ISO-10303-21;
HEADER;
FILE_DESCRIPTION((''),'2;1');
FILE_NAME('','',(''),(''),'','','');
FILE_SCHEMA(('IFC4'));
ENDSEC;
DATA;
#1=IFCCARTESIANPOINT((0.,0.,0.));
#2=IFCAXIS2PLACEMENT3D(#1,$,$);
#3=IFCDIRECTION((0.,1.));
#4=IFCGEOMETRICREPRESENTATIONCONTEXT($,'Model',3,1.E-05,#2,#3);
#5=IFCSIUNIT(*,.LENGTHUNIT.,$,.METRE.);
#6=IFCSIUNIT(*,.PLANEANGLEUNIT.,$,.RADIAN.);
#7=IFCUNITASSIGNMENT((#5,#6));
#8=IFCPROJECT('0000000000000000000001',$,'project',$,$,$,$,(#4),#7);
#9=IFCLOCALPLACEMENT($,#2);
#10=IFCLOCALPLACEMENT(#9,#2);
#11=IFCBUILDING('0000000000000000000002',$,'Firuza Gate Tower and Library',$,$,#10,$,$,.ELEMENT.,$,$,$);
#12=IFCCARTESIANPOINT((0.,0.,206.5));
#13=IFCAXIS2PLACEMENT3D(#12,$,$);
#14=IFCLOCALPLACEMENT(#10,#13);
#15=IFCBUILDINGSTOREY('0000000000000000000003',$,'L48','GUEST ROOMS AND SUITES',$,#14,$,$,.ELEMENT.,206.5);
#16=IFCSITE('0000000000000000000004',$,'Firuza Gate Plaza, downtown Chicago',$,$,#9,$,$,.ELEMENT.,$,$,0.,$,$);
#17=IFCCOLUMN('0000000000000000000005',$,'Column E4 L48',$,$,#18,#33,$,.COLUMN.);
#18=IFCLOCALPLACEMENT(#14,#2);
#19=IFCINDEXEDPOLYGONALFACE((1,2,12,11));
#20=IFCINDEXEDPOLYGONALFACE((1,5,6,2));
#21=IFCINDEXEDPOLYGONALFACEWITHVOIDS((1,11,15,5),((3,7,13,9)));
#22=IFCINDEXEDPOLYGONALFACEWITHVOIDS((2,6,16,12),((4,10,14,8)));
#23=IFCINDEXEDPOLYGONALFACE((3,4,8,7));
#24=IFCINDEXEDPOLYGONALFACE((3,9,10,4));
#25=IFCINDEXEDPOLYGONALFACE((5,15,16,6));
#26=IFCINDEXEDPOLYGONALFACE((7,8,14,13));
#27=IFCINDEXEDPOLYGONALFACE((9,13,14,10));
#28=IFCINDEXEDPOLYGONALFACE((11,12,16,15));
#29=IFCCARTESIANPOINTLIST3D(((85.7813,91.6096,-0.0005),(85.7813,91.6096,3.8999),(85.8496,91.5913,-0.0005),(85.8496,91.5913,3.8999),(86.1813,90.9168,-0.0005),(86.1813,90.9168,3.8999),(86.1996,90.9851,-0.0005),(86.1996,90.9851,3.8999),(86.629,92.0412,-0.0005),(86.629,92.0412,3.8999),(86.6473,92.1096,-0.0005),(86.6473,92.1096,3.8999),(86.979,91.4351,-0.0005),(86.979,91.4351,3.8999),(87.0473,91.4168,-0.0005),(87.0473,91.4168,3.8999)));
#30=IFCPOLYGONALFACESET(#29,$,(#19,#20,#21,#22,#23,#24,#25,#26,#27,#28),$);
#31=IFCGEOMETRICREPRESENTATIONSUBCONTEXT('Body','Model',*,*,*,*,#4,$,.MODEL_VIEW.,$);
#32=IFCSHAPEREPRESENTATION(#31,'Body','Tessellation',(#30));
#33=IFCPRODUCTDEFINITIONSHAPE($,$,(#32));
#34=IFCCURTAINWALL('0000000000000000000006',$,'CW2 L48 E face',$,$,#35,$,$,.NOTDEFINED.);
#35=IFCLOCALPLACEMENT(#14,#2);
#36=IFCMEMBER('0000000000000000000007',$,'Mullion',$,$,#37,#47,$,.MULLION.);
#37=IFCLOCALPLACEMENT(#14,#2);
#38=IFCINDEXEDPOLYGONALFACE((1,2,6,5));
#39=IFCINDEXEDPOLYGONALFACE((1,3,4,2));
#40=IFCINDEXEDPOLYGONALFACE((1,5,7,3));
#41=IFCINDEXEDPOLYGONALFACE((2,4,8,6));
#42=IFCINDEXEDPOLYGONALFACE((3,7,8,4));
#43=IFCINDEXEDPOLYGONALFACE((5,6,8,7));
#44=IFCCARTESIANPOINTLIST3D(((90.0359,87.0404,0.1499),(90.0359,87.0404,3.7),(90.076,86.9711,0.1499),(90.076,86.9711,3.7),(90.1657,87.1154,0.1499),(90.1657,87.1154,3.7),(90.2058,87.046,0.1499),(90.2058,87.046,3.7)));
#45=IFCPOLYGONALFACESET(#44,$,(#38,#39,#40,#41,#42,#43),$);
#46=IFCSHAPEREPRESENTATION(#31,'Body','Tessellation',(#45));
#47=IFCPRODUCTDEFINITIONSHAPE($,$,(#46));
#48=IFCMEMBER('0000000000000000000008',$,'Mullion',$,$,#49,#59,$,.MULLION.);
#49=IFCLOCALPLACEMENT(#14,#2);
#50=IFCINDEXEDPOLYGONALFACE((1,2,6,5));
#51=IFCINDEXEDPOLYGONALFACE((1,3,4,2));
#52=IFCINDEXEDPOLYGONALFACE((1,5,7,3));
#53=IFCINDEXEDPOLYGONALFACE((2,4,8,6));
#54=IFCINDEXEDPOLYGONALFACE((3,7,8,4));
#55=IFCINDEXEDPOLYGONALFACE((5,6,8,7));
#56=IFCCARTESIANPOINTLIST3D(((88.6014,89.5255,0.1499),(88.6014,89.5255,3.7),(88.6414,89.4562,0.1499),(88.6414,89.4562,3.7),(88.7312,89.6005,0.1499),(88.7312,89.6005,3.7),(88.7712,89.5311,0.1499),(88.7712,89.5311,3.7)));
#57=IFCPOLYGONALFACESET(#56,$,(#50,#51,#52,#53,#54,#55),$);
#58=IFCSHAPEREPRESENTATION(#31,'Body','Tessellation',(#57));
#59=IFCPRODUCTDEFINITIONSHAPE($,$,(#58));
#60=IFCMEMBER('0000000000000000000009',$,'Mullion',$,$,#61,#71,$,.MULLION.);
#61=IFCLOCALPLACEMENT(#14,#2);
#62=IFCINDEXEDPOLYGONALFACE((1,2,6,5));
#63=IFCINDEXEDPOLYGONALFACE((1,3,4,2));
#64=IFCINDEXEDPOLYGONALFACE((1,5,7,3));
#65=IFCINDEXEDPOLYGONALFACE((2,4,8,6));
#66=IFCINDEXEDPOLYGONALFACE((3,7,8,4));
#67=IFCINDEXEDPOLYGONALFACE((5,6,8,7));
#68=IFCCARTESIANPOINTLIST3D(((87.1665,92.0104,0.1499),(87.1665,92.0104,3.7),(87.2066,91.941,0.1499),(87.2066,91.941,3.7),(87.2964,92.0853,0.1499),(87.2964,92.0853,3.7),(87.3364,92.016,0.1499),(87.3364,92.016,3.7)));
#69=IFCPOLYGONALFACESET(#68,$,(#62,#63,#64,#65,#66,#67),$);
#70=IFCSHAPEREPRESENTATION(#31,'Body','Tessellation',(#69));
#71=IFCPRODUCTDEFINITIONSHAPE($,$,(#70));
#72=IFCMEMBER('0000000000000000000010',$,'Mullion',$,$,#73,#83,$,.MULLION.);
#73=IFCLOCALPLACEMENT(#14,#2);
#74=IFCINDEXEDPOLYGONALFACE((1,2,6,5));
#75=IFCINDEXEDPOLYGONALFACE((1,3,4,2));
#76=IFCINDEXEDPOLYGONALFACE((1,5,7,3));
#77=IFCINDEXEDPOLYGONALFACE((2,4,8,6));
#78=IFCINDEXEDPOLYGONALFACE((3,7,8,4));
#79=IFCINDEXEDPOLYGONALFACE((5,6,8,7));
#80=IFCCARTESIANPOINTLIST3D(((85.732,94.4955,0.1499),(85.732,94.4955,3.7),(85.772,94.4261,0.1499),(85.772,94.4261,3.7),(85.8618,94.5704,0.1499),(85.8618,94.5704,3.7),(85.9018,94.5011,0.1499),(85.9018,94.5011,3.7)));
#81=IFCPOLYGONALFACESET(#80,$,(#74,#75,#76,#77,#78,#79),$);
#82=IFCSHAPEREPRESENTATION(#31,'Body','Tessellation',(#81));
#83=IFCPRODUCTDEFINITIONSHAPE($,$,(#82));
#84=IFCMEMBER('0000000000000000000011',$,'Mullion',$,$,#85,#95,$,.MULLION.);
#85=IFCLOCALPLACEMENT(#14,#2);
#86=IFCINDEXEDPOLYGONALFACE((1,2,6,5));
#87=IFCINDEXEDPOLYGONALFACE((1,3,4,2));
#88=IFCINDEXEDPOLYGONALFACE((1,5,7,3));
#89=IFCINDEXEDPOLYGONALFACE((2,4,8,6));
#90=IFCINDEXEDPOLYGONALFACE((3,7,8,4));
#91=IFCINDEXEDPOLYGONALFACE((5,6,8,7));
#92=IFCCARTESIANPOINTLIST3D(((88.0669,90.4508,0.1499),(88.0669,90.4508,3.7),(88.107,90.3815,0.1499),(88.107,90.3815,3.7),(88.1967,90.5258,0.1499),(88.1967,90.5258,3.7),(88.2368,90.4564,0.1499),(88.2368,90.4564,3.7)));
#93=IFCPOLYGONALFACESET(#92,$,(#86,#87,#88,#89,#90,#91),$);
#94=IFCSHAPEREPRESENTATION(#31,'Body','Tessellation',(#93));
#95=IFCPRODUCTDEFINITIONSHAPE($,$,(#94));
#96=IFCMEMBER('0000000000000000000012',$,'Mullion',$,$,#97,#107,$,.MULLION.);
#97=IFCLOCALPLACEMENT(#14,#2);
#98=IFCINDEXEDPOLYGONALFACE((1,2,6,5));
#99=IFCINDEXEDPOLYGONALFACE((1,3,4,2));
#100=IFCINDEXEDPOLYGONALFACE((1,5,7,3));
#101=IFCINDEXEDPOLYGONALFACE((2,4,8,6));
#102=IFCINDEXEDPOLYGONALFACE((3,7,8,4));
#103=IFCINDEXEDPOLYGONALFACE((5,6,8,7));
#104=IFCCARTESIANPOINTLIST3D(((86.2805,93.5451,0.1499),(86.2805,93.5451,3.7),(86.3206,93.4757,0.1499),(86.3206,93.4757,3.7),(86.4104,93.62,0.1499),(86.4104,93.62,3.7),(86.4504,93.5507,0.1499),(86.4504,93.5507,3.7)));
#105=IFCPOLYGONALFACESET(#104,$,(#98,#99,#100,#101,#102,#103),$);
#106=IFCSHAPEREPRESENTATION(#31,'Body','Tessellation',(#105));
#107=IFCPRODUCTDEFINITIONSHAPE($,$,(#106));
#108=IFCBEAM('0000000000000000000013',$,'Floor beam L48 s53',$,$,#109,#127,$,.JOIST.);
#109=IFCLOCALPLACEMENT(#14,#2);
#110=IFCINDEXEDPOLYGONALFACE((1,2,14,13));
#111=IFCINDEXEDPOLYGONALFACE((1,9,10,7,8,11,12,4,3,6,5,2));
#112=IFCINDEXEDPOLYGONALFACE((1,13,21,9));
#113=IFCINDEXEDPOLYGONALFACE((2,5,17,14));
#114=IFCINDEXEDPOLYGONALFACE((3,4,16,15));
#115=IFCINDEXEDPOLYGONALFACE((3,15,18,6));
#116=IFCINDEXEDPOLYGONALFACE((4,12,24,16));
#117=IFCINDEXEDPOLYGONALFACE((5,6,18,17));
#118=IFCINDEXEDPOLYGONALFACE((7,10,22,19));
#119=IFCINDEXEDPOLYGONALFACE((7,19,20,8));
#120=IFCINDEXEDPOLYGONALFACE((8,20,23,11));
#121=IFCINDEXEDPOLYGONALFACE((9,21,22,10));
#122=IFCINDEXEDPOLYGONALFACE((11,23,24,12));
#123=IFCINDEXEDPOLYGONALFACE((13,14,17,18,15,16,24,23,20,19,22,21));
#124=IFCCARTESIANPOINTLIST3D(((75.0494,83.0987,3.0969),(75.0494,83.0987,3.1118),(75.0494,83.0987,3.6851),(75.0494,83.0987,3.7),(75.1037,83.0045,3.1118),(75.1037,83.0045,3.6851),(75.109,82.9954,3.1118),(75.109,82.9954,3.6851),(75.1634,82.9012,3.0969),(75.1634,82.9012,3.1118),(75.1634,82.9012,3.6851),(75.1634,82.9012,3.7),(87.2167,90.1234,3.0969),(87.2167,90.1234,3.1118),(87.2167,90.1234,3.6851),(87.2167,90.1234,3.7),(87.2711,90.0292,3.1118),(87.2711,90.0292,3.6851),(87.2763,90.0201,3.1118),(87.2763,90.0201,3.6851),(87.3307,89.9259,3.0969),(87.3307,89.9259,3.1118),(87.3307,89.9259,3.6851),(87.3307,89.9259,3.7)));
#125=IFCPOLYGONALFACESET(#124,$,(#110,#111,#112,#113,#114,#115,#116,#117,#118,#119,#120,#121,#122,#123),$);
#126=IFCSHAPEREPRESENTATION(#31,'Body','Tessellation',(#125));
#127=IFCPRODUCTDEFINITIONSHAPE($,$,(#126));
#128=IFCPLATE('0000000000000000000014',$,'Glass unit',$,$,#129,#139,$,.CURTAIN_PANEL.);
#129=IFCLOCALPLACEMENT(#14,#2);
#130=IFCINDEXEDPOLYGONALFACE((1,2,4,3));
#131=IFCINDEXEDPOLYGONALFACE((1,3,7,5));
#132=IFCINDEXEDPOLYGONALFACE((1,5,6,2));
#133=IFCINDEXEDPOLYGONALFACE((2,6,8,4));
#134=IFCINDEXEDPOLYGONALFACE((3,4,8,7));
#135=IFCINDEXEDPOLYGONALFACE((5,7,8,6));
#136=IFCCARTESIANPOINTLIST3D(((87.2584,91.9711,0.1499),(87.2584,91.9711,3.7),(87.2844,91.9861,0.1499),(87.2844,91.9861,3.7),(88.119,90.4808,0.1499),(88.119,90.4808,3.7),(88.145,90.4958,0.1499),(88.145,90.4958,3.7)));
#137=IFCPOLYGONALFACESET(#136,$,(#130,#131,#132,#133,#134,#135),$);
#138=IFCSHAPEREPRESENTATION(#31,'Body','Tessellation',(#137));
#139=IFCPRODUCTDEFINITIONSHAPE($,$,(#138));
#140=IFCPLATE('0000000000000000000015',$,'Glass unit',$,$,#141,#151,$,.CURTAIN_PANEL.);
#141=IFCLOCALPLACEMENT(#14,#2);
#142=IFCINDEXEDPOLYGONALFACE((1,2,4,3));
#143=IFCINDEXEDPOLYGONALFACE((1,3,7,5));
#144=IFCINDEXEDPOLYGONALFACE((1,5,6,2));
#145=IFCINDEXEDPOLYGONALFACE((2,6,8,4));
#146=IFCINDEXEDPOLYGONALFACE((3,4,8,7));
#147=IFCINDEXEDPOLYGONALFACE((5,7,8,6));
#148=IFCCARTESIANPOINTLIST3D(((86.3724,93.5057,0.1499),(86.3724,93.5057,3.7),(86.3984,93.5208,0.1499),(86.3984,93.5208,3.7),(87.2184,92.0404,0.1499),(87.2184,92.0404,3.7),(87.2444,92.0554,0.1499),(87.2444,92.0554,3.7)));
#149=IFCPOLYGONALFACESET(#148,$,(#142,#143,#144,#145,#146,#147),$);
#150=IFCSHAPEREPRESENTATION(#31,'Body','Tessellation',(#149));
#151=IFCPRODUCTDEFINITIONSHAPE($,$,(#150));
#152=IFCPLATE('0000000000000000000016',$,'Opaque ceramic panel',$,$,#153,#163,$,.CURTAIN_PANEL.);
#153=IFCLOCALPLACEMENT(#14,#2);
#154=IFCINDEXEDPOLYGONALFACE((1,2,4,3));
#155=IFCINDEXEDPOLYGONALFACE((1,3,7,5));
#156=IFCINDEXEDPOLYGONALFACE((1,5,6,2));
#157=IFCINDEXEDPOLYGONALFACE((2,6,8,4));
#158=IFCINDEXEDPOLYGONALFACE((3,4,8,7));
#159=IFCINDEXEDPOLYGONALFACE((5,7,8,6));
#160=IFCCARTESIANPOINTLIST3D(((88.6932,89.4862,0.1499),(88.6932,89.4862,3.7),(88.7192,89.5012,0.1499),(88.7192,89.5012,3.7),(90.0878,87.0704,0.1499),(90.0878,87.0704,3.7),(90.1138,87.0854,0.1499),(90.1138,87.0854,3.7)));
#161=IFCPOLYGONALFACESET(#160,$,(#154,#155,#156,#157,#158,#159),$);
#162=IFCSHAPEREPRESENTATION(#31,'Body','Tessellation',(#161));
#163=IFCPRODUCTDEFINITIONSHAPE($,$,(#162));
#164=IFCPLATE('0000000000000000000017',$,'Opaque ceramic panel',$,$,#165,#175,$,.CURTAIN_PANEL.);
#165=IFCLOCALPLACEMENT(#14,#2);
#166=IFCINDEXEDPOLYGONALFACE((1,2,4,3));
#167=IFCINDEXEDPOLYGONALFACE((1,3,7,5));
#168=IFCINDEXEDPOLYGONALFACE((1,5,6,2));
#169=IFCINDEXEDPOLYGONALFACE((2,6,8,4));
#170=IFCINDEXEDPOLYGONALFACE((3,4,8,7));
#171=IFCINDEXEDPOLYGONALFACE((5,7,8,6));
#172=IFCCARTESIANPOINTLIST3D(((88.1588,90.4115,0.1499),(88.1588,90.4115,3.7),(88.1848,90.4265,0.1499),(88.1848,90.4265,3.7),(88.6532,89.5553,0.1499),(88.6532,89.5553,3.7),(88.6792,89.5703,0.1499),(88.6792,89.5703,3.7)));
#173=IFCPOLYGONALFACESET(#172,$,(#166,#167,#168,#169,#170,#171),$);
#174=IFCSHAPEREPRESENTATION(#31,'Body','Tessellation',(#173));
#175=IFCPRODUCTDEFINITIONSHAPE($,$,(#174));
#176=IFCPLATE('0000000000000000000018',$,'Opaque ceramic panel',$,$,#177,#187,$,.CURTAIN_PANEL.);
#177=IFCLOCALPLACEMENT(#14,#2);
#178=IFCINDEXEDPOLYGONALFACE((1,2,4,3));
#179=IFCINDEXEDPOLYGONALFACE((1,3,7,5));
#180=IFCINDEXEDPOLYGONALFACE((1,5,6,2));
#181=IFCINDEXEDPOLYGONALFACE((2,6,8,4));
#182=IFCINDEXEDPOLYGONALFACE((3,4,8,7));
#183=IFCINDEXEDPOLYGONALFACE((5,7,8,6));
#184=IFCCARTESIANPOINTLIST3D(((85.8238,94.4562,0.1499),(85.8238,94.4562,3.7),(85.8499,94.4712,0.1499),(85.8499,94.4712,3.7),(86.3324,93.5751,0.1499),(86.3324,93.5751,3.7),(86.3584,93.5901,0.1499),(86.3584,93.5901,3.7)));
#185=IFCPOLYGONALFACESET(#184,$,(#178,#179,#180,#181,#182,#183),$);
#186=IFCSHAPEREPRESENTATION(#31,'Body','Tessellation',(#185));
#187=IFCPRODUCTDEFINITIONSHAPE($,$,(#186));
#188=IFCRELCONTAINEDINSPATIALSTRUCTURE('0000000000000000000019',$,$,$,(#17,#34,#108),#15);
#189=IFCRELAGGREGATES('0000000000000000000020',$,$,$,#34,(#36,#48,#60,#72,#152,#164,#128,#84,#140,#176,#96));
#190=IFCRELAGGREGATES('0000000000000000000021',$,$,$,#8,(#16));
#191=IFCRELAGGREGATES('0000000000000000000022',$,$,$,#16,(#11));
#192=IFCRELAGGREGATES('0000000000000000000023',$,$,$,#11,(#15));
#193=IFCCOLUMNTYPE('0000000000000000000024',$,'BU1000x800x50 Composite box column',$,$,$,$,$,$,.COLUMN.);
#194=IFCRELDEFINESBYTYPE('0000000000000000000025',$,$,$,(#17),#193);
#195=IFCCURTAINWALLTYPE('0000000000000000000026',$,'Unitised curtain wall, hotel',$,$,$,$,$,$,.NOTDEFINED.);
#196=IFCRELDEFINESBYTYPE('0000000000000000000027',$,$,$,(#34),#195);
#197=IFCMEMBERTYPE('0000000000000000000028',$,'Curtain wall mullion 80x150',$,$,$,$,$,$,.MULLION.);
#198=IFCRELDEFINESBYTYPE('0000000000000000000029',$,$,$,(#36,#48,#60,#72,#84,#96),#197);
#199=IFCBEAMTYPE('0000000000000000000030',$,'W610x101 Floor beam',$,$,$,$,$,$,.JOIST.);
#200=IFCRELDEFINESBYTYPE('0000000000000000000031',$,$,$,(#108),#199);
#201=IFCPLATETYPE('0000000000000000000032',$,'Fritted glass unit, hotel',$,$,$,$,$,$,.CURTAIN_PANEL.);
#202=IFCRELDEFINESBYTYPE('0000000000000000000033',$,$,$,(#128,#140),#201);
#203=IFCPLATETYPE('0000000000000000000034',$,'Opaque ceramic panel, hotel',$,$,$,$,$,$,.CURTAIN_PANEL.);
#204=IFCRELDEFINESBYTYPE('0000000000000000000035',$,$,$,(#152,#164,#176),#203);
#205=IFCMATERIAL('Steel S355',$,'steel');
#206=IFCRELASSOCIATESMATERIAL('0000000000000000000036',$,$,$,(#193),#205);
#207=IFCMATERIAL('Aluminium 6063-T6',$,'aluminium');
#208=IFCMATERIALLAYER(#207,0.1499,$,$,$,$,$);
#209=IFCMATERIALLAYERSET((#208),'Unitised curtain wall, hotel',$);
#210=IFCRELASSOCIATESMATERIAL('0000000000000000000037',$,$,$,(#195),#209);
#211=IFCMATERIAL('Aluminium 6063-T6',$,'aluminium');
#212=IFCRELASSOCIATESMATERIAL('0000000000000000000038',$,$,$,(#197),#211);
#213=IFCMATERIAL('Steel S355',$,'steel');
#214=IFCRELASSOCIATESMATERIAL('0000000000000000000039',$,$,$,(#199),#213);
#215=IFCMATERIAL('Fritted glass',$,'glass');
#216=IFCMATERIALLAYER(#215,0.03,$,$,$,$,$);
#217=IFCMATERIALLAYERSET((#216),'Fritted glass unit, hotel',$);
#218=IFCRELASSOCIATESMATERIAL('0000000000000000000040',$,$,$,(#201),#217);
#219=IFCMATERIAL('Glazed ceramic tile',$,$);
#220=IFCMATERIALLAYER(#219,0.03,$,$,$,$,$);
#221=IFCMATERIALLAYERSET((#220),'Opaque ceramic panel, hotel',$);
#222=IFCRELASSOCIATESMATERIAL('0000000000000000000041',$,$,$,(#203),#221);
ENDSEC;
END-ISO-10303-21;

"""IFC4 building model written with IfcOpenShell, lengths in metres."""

from ifc_helpers import new_model, si_unit, direction, frame, origin, origin_2d, place, context, subcontext, project, spatial, polyline, rectangle, hollow_rectangle, i_section, outline, extrude, material, layer, layer_set, material_profile, profile_set, type_object, element, aggregate, save


model = new_model("IFC4")

# Units and contexts
model_context = context("Model", 3, precision=1e-05, world=origin(), true_north=direction((0.0, 1.0)))
body_context = subcontext(model_context, "Body", "Model", "MODEL_VIEW")
ifc_project = project(units=[si_unit("LENGTHUNIT", "METRE"), si_unit("PLANEANGLEUNIT", "RADIAN")], contexts=[model_context])

# Site, building, storey
site_placement = place(None, origin())
site = spatial("IfcSite", under=ifc_project, at=site_placement, Name="Firuza Gate Plaza, downtown Chicago", CompositionType="ELEMENT", RefElevation=0.0)
building_placement = place(site_placement, origin())
building = spatial("IfcBuilding", under=site, at=building_placement, Name="Firuza Gate Tower and Library", CompositionType="ELEMENT")
storey_placement = place(building_placement, frame((0.0, 0.0, 206.5)))
storey = spatial("IfcBuildingStorey", under=building, at=storey_placement, Name="L48", Description="GUEST ROOMS AND SUITES", CompositionType="ELEMENT", Elevation=206.5)

# Column
ifc_material_1 = material(Name="Steel S355", Category="steel")
ifc_material_profile_1 = material_profile(ifc_material_1, hollow_rectangle(XDim=0.8, YDim=1.0, WallThickness=0.05, at=origin_2d()))
ifc_profile_set_1 = profile_set([ifc_material_profile_1], Name="Steel S355")
column_type = type_object("IfcColumnType", Name="BU1000x800x50 Composite box column", PredefinedType="COLUMN", material=ifc_profile_set_1)
column_placement = place(storey_placement, frame((86.4143, 91.5132, -0.0005), z_axis=(0.0, 0.0, 1.0), x_axis=(-0.5, 0.866025, 0.0)))
element("IfcColumn", 1, at=column_placement, inside=storey, type_object=column_type, Name="Column E4 L48", PredefinedType="COLUMN", context=body_context, shape_type="SweptSolid", body=[
    extrude(hollow_rectangle(XDim=0.8, YDim=1.0, WallThickness=0.05, at=origin_2d()), origin(), (0.0, 0.0, 1.0), 3.9004),
])

# Curtain wall, members
ifc_material_2 = material(Name="Aluminium 6063-T6", Category="aluminium")
ifc_layer_1 = layer(ifc_material_2, 0.1499)
ifc_layer_set_1 = layer_set([ifc_layer_1], Name="Unitised curtain wall, hotel")
curtain_wall_type = type_object("IfcCurtainWallType", Name="Unitised curtain wall, hotel", PredefinedType="NOTDEFINED", material=ifc_layer_set_1)
curtain_wall_placement = place(storey_placement, origin())
curtain_wall = element("IfcCurtainWall", 2, at=curtain_wall_placement, inside=storey, type_object=curtain_wall_type, Name="CW2 L48 E face", PredefinedType="NOTDEFINED")
ifc_material_3 = material(Name="Aluminium 6063-T6", Category="aluminium")
ifc_material_profile_2 = material_profile(ifc_material_3, rectangle(XDim=0.1499, YDim=0.0801, at=origin_2d()))
ifc_profile_set_2 = profile_set([ifc_material_profile_2], Name="Aluminium 6063-T6")
member_type = type_object("IfcMemberType", Name="Curtain wall mullion 80x150", PredefinedType="MULLION", material=ifc_profile_set_2)
member_1_placement = place(storey_placement, frame((90.1208, 87.0432, 0.1499), z_axis=(0.0, 0.0, 1.0), x_axis=(-0.866025, -0.5, 0.0)))
member_1 = element("IfcMember", 3, at=member_1_placement, type_object=member_type, Name="Mullion", PredefinedType="MULLION", context=body_context, shape_type="SweptSolid", body=[
    extrude(rectangle(XDim=0.1499, YDim=0.0801, at=origin_2d()), origin(), (0.0, 0.0, 1.0), 3.55),
])
member_2_placement = place(storey_placement, frame((88.6863, 89.5283, 0.1499), z_axis=(0.0, 0.0, 1.0), x_axis=(-0.866025, -0.5, 0.0)))
member_2 = element("IfcMember", 4, at=member_2_placement, type_object=member_type, Name="Mullion", PredefinedType="MULLION", context=body_context, shape_type="SweptSolid", body=[
    extrude(rectangle(XDim=0.1499, YDim=0.0801, at=origin_2d()), origin(), (0.0, 0.0, 1.0), 3.55),
])
member_3_placement = place(storey_placement, frame((87.2515, 92.0132, 0.1499), z_axis=(0.0, 0.0, 1.0), x_axis=(-0.866025, -0.5, 0.0)))
member_3 = element("IfcMember", 5, at=member_3_placement, type_object=member_type, Name="Mullion", PredefinedType="MULLION", context=body_context, shape_type="SweptSolid", body=[
    extrude(rectangle(XDim=0.1499, YDim=0.0801, at=origin_2d()), origin(), (0.0, 0.0, 1.0), 3.55),
])
member_4_placement = place(storey_placement, frame((85.8169, 94.4983, 0.1499), z_axis=(0.0, 0.0, 1.0), x_axis=(-0.866025, -0.5, 0.0)))
member_4 = element("IfcMember", 6, at=member_4_placement, type_object=member_type, Name="Mullion", PredefinedType="MULLION", context=body_context, shape_type="SweptSolid", body=[
    extrude(rectangle(XDim=0.1499, YDim=0.0801, at=origin_2d()), origin(), (0.0, 0.0, 1.0), 3.55),
])
member_5_placement = place(storey_placement, frame((88.1519, 90.4536, 0.1499), z_axis=(0.0, 0.0, 1.0), x_axis=(-0.866025, -0.5, 0.0)))
member_5 = element("IfcMember", 7, at=member_5_placement, type_object=member_type, Name="Mullion", PredefinedType="MULLION", context=body_context, shape_type="SweptSolid", body=[
    extrude(rectangle(XDim=0.1499, YDim=0.0801, at=origin_2d()), origin(), (0.0, 0.0, 1.0), 3.55),
])
member_6_placement = place(storey_placement, frame((86.3655, 93.5479, 0.1499), z_axis=(0.0, 0.0, 1.0), x_axis=(-0.866025, -0.5, 0.0)))
member_6 = element("IfcMember", 8, at=member_6_placement, type_object=member_type, Name="Mullion", PredefinedType="MULLION", context=body_context, shape_type="SweptSolid", body=[
    extrude(rectangle(XDim=0.1499, YDim=0.0801, at=origin_2d()), origin(), (0.0, 0.0, 1.0), 3.55),
])

# Beam
ifc_material_4 = material(Name="Steel S355", Category="steel")
ifc_material_profile_3 = material_profile(ifc_material_4, i_section(OverallWidth=0.228, OverallDepth=0.603, WebThickness=0.0105, FlangeThickness=0.0149, at=origin_2d()))
ifc_profile_set_3 = profile_set([ifc_material_profile_3], Name="Steel S355")
beam_type = type_object("IfcBeamType", Name="W610x101 Floor beam", PredefinedType="JOIST", material=ifc_profile_set_3)
beam_placement = place(storey_placement, frame((87.2737, 90.0247, 3.3984), z_axis=(-0.866028, -0.499995, 0.0), x_axis=(0.499995, -0.866028, 0.0)))
element("IfcBeam", 9, at=beam_placement, inside=storey, type_object=beam_type, Name="Floor beam L48 s53", PredefinedType="JOIST", context=body_context, shape_type="SweptSolid", body=[
    extrude(i_section(OverallWidth=0.228, OverallDepth=0.603, WebThickness=0.0105, FlangeThickness=0.0149, at=origin_2d()), origin(), (0.0, 0.0, 1.0), 14.0496),
])

# Plates
ifc_material_5 = material(Name="Fritted glass", Category="glass")
ifc_layer_2 = layer(ifc_material_5, 0.03)
ifc_layer_set_2 = layer_set([ifc_layer_2], Name="Fritted glass unit, hotel")
plate_type_1 = type_object("IfcPlateType", Name="Fritted glass unit, hotel", PredefinedType="CURTAIN_PANEL", material=ifc_layer_set_2)
plate_1_placement = place(storey_placement, frame((88.145, 90.4958, 0.1499), z_axis=(0.865973, 0.500091, 0.0), x_axis=(-0.500091, 0.865973, 0.0)))
plate_1 = element("IfcPlate", 10, at=plate_1_placement, type_object=plate_type_1, Name="Glass unit", PredefinedType="CURTAIN_PANEL", context=body_context, shape_type="SweptSolid", body=[
    extrude(outline(polyline([(0.0, 0.0), (1.7209, 0.0), (1.7209, 3.55), (0.0, 3.55), (0.0, 0.0)])), origin(), (0.0, 0.0, -1.0), 0.03),
])
plate_2_placement = place(storey_placement, frame((87.2444, 92.0554, 0.1499), z_axis=(0.866041, 0.499972, 0.0), x_axis=(-0.499972, 0.866041, 0.0)))
plate_2 = element("IfcPlate", 11, at=plate_2_placement, type_object=plate_type_1, Name="Glass unit", PredefinedType="CURTAIN_PANEL", context=body_context, shape_type="SweptSolid", body=[
    extrude(outline(polyline([(0.0, 0.0), (1.692, 0.0), (1.692, 3.55), (0.0, 3.55), (0.0, 0.0)])), origin(), (0.0, 0.0, -1.0), 0.03),
])
ifc_material_6 = material(Name="Glazed ceramic tile")
ifc_layer_3 = layer(ifc_material_6, 0.03)
ifc_layer_set_3 = layer_set([ifc_layer_3], Name="Opaque ceramic panel, hotel")
plate_type_2 = type_object("IfcPlateType", Name="Opaque ceramic panel, hotel", PredefinedType="CURTAIN_PANEL", material=ifc_layer_set_3)
plate_3_placement = place(storey_placement, frame((90.1138, 87.0854, 0.1499), z_axis=(0.866059, 0.499942, 0.0), x_axis=(-0.499942, 0.866059, 0.0)))
plate_3 = element("IfcPlate", 12, at=plate_3_placement, type_object=plate_type_2, Name="Opaque ceramic panel", PredefinedType="CURTAIN_PANEL", context=body_context, shape_type="SweptSolid", body=[
    extrude(outline(polyline([(0.0, 0.0), (2.7894, 0.0), (2.7894, 3.55), (0.0, 3.55), (0.0, 0.0)])), origin(), (0.0, 0.0, -1.0), 0.03),
])
plate_4_placement = place(storey_placement, frame((88.6792, 89.5703, 0.1499), z_axis=(0.866001, 0.500043, 0.0), x_axis=(-0.500043, 0.866001, 0.0)))
plate_4 = element("IfcPlate", 13, at=plate_4_placement, type_object=plate_type_2, Name="Opaque ceramic panel", PredefinedType="CURTAIN_PANEL", context=body_context, shape_type="SweptSolid", body=[
    extrude(outline(polyline([(0.0, 0.0), (0.9887, 0.0), (0.9887, 3.55), (0.0, 3.55), (0.0, 0.0)])), origin(), (0.0, 0.0, -1.0), 0.03),
])
plate_5_placement = place(storey_placement, frame((86.3584, 93.5901, 0.1499), z_axis=(0.866094, 0.499882, 0.0), x_axis=(-0.499882, 0.866094, 0.0)))
plate_5 = element("IfcPlate", 14, at=plate_5_placement, type_object=plate_type_2, Name="Opaque ceramic panel", PredefinedType="CURTAIN_PANEL", context=body_context, shape_type="SweptSolid", body=[
    extrude(outline(polyline([(0.0, 0.0), (1.0173, 0.0), (1.0173, 3.55), (0.0, 3.55), (0.0, 0.0)])), origin(), (0.0, 0.0, -1.0), 0.03),
])
aggregate(curtain_wall, [member_1, member_2, member_3, member_4, plate_3, plate_4, plate_1, member_5, plate_2, plate_5, member_6])

save(model, "model.ifc")
